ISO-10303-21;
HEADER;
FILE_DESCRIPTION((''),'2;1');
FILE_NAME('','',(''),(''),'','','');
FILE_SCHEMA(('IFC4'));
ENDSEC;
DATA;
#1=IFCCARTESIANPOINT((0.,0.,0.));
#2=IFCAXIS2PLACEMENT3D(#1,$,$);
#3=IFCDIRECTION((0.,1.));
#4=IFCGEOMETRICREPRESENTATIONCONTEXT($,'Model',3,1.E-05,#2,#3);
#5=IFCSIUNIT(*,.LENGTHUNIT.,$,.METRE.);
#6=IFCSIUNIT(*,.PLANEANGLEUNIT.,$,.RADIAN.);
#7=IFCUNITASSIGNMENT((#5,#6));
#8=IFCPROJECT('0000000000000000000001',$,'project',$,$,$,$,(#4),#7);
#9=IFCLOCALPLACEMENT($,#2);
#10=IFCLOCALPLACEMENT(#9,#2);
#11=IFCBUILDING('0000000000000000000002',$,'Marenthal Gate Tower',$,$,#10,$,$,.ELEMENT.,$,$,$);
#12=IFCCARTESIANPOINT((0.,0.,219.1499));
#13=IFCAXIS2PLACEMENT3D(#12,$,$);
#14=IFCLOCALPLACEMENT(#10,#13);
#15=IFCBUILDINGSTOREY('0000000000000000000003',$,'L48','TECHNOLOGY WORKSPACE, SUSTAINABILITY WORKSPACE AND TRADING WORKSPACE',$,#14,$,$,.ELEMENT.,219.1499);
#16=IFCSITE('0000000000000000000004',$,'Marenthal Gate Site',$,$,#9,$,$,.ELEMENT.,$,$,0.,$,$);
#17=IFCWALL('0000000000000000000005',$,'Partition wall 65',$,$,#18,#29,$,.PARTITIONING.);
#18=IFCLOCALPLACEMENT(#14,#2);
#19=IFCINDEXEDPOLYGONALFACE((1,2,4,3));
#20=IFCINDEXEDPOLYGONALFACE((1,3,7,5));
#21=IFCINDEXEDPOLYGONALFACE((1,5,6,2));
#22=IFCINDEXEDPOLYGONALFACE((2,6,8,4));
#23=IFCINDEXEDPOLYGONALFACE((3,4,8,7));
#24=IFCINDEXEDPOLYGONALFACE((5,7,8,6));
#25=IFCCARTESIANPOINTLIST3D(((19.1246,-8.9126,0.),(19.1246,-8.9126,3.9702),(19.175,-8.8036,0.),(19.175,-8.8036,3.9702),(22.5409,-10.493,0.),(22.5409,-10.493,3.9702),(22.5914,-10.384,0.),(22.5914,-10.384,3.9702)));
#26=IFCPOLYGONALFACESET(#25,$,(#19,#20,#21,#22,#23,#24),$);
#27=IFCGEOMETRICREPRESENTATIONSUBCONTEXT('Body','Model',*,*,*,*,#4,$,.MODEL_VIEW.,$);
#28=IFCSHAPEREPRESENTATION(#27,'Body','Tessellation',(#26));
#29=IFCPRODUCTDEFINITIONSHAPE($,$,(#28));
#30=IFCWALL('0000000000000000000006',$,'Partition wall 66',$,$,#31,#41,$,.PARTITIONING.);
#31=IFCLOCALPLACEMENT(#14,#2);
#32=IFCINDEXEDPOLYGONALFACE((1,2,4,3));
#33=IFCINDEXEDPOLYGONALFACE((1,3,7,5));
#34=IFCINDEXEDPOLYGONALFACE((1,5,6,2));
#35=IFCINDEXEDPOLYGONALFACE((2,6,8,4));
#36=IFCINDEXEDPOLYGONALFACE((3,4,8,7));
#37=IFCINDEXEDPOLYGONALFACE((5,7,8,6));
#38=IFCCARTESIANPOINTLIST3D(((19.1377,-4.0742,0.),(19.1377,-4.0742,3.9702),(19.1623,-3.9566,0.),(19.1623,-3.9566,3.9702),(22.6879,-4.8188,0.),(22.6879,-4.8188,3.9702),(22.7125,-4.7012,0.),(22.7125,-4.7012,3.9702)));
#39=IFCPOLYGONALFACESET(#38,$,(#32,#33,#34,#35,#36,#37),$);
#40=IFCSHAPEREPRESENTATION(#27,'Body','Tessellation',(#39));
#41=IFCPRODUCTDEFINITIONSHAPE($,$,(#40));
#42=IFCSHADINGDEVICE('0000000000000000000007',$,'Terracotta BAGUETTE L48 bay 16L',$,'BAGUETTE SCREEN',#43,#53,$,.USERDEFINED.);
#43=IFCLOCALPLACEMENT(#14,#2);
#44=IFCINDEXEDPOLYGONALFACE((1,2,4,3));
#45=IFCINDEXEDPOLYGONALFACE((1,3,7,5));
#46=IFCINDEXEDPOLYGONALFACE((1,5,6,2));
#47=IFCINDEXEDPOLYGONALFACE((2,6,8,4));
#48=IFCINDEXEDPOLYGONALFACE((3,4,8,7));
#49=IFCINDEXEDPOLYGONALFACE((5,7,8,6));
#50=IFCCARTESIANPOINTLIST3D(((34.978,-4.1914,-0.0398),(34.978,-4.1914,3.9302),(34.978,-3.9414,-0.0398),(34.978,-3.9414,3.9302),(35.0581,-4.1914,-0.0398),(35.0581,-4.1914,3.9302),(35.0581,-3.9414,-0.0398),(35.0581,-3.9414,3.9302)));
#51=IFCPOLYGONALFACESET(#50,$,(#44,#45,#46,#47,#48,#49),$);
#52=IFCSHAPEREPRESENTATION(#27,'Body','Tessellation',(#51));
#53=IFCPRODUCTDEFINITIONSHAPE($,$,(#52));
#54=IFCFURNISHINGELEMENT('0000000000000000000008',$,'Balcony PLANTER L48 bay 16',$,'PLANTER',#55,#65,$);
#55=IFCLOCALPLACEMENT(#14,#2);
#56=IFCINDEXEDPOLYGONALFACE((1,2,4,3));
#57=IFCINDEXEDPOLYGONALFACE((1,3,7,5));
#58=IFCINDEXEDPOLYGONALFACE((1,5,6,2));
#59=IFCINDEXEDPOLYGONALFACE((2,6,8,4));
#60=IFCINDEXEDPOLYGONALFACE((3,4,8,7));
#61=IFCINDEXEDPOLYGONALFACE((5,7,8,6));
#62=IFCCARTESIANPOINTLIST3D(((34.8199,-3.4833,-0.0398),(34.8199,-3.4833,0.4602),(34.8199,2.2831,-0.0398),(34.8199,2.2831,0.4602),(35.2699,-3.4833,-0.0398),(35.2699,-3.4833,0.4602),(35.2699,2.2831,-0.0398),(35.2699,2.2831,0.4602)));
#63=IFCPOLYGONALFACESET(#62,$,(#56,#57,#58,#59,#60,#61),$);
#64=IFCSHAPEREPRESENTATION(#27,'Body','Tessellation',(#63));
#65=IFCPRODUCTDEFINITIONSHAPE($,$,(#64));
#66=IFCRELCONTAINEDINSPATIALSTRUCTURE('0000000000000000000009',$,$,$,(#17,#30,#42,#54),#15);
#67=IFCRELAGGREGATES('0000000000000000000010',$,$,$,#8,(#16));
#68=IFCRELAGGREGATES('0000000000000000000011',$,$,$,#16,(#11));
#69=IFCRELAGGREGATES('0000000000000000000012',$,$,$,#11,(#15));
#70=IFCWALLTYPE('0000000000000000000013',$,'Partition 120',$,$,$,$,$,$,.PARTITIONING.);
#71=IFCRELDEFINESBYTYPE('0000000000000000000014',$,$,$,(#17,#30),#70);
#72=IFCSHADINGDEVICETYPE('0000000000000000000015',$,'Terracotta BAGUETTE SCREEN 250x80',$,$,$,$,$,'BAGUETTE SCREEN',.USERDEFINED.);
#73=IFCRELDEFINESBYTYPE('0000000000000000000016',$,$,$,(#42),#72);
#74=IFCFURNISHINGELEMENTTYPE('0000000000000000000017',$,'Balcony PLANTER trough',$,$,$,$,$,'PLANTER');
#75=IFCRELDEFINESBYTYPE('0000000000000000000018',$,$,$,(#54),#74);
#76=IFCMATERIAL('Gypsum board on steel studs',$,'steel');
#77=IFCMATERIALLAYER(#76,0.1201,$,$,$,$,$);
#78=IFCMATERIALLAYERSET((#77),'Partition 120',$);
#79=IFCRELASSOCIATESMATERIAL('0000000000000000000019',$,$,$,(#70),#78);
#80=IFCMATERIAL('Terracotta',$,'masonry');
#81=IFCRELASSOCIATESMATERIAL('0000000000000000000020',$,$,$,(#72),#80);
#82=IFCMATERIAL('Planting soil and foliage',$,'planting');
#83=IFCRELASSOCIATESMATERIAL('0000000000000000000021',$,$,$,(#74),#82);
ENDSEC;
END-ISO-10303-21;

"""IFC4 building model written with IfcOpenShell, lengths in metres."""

from ifc_helpers import new_model, si_unit, direction, frame, frame_2d, origin, origin_2d, place, context, subcontext, project, spatial, rectangle, extrude, material, layer, layer_set, material_profile, profile_set, type_object, element, save


model = new_model("IFC4")

# Units and contexts
model_context = context("Model", 3, precision=1e-05, world=origin(), true_north=direction((0.0, 1.0)))
body_context = subcontext(model_context, "Body", "Model", "MODEL_VIEW")
ifc_project = project(units=[si_unit("LENGTHUNIT", "METRE"), si_unit("PLANEANGLEUNIT", "RADIAN")], contexts=[model_context])

# Site, building, storey
site_placement = place(None, origin())
site = spatial("IfcSite", under=ifc_project, at=site_placement, Name="Marenthal Gate Site", CompositionType="ELEMENT", RefElevation=0.0)
building_placement = place(site_placement, origin())
building = spatial("IfcBuilding", under=site, at=building_placement, Name="Marenthal Gate Tower", CompositionType="ELEMENT")
storey_placement = place(building_placement, frame((0.0, 0.0, 219.1499)))
storey = spatial("IfcBuildingStorey", under=building, at=storey_placement, Name="L48", Description="TECHNOLOGY WORKSPACE, SUSTAINABILITY WORKSPACE AND TRADING WORKSPACE", CompositionType="ELEMENT", Elevation=219.1499)

# Walls
ifc_material_1 = material(Name="Gypsum board on steel studs", Category="steel")
ifc_layer_1 = layer(ifc_material_1, 0.1201)
ifc_layer_set_1 = layer_set([ifc_layer_1], Name="Partition 120")
wall_type_1 = type_object("IfcWallType", Name="Partition 120", PredefinedType="PARTITIONING", material=ifc_layer_set_1)
wall_1_placement = place(storey_placement, frame((22.5662, -10.4385, 0.0), z_axis=(0.0, 0.0, 1.0), x_axis=(-0.907596, 0.419844, 0.0)))
element("IfcWall", 1, at=wall_1_placement, inside=storey, type_object=wall_type_1, Name="Partition wall 65", PredefinedType="PARTITIONING", context=body_context, shape_type="SweptSolid", body=[
    extrude(rectangle(XDim=3.7642, YDim=0.1201, at=frame_2d((1.8821, 0.0))), origin(), (0.0, 0.0, 1.0), 3.9702),
])
wall_2_placement = place(storey_placement, frame((22.7002, -4.76, 0.0), z_axis=(0.0, 0.0, 1.0), x_axis=(-0.978705, 0.205271, 0.0)))
element("IfcWall", 2, at=wall_2_placement, inside=storey, type_object=wall_type_1, Name="Partition wall 66", PredefinedType="PARTITIONING", context=body_context, shape_type="SweptSolid", body=[
    extrude(rectangle(XDim=3.6274, YDim=0.1201, at=frame_2d((1.8137, 0.0))), origin(), (0.0, 0.0, 1.0), 3.9702),
])

# Shading device
ifc_material_2 = material(Name="Terracotta", Category="masonry")
ifc_material_profile_1 = material_profile(ifc_material_2, rectangle(XDim=0.25, YDim=0.0801, at=origin_2d()), Name="Terracotta baguette 250x80")
ifc_profile_set_1 = profile_set([ifc_material_profile_1], Name="Terracotta")
shading_device_type = type_object("IfcShadingDeviceType", Name="Terracotta BAGUETTE SCREEN 250x80", ElementType="BAGUETTE SCREEN", PredefinedType="USERDEFINED", material=ifc_profile_set_1)
shading_device_placement = place(storey_placement, frame((35.0181, -4.0664, -0.0398), z_axis=(0.0, 0.0, 1.0), x_axis=(0.0, 1.0, 0.0)))
element("IfcShadingDevice", 3, at=shading_device_placement, inside=storey, type_object=shading_device_type, Name="Terracotta BAGUETTE L48 bay 16L", ObjectType="BAGUETTE SCREEN", PredefinedType="USERDEFINED", context=body_context, shape_type="SweptSolid", body=[
    extrude(rectangle(XDim=0.25, YDim=0.0801, at=origin_2d()), origin(), (0.0, 0.0, 1.0), 3.97),
])

# Furnishing element
ifc_material_3 = material(Name="Planting soil and foliage", Category="planting")
furnishing_element_type = type_object("IfcFurnishingElementType", Name="Balcony PLANTER trough", ElementType="PLANTER", material=ifc_material_3)
furnishing_placement = place(storey_placement, frame((35.0449, -0.6001, -0.0398), z_axis=(0.0, 0.0, 1.0), x_axis=(0.0, 1.0, 0.0)))
element("IfcFurnishingElement", 4, at=furnishing_placement, inside=storey, type_object=furnishing_element_type, Name="Balcony PLANTER L48 bay 16", ObjectType="PLANTER", context=body_context, shape_type="SweptSolid", body=[
    extrude(rectangle(XDim=5.7664, YDim=0.45, at=origin_2d()), origin(), (0.0, 0.0, 1.0), 0.5),
])

save(model, "model.ifc")
